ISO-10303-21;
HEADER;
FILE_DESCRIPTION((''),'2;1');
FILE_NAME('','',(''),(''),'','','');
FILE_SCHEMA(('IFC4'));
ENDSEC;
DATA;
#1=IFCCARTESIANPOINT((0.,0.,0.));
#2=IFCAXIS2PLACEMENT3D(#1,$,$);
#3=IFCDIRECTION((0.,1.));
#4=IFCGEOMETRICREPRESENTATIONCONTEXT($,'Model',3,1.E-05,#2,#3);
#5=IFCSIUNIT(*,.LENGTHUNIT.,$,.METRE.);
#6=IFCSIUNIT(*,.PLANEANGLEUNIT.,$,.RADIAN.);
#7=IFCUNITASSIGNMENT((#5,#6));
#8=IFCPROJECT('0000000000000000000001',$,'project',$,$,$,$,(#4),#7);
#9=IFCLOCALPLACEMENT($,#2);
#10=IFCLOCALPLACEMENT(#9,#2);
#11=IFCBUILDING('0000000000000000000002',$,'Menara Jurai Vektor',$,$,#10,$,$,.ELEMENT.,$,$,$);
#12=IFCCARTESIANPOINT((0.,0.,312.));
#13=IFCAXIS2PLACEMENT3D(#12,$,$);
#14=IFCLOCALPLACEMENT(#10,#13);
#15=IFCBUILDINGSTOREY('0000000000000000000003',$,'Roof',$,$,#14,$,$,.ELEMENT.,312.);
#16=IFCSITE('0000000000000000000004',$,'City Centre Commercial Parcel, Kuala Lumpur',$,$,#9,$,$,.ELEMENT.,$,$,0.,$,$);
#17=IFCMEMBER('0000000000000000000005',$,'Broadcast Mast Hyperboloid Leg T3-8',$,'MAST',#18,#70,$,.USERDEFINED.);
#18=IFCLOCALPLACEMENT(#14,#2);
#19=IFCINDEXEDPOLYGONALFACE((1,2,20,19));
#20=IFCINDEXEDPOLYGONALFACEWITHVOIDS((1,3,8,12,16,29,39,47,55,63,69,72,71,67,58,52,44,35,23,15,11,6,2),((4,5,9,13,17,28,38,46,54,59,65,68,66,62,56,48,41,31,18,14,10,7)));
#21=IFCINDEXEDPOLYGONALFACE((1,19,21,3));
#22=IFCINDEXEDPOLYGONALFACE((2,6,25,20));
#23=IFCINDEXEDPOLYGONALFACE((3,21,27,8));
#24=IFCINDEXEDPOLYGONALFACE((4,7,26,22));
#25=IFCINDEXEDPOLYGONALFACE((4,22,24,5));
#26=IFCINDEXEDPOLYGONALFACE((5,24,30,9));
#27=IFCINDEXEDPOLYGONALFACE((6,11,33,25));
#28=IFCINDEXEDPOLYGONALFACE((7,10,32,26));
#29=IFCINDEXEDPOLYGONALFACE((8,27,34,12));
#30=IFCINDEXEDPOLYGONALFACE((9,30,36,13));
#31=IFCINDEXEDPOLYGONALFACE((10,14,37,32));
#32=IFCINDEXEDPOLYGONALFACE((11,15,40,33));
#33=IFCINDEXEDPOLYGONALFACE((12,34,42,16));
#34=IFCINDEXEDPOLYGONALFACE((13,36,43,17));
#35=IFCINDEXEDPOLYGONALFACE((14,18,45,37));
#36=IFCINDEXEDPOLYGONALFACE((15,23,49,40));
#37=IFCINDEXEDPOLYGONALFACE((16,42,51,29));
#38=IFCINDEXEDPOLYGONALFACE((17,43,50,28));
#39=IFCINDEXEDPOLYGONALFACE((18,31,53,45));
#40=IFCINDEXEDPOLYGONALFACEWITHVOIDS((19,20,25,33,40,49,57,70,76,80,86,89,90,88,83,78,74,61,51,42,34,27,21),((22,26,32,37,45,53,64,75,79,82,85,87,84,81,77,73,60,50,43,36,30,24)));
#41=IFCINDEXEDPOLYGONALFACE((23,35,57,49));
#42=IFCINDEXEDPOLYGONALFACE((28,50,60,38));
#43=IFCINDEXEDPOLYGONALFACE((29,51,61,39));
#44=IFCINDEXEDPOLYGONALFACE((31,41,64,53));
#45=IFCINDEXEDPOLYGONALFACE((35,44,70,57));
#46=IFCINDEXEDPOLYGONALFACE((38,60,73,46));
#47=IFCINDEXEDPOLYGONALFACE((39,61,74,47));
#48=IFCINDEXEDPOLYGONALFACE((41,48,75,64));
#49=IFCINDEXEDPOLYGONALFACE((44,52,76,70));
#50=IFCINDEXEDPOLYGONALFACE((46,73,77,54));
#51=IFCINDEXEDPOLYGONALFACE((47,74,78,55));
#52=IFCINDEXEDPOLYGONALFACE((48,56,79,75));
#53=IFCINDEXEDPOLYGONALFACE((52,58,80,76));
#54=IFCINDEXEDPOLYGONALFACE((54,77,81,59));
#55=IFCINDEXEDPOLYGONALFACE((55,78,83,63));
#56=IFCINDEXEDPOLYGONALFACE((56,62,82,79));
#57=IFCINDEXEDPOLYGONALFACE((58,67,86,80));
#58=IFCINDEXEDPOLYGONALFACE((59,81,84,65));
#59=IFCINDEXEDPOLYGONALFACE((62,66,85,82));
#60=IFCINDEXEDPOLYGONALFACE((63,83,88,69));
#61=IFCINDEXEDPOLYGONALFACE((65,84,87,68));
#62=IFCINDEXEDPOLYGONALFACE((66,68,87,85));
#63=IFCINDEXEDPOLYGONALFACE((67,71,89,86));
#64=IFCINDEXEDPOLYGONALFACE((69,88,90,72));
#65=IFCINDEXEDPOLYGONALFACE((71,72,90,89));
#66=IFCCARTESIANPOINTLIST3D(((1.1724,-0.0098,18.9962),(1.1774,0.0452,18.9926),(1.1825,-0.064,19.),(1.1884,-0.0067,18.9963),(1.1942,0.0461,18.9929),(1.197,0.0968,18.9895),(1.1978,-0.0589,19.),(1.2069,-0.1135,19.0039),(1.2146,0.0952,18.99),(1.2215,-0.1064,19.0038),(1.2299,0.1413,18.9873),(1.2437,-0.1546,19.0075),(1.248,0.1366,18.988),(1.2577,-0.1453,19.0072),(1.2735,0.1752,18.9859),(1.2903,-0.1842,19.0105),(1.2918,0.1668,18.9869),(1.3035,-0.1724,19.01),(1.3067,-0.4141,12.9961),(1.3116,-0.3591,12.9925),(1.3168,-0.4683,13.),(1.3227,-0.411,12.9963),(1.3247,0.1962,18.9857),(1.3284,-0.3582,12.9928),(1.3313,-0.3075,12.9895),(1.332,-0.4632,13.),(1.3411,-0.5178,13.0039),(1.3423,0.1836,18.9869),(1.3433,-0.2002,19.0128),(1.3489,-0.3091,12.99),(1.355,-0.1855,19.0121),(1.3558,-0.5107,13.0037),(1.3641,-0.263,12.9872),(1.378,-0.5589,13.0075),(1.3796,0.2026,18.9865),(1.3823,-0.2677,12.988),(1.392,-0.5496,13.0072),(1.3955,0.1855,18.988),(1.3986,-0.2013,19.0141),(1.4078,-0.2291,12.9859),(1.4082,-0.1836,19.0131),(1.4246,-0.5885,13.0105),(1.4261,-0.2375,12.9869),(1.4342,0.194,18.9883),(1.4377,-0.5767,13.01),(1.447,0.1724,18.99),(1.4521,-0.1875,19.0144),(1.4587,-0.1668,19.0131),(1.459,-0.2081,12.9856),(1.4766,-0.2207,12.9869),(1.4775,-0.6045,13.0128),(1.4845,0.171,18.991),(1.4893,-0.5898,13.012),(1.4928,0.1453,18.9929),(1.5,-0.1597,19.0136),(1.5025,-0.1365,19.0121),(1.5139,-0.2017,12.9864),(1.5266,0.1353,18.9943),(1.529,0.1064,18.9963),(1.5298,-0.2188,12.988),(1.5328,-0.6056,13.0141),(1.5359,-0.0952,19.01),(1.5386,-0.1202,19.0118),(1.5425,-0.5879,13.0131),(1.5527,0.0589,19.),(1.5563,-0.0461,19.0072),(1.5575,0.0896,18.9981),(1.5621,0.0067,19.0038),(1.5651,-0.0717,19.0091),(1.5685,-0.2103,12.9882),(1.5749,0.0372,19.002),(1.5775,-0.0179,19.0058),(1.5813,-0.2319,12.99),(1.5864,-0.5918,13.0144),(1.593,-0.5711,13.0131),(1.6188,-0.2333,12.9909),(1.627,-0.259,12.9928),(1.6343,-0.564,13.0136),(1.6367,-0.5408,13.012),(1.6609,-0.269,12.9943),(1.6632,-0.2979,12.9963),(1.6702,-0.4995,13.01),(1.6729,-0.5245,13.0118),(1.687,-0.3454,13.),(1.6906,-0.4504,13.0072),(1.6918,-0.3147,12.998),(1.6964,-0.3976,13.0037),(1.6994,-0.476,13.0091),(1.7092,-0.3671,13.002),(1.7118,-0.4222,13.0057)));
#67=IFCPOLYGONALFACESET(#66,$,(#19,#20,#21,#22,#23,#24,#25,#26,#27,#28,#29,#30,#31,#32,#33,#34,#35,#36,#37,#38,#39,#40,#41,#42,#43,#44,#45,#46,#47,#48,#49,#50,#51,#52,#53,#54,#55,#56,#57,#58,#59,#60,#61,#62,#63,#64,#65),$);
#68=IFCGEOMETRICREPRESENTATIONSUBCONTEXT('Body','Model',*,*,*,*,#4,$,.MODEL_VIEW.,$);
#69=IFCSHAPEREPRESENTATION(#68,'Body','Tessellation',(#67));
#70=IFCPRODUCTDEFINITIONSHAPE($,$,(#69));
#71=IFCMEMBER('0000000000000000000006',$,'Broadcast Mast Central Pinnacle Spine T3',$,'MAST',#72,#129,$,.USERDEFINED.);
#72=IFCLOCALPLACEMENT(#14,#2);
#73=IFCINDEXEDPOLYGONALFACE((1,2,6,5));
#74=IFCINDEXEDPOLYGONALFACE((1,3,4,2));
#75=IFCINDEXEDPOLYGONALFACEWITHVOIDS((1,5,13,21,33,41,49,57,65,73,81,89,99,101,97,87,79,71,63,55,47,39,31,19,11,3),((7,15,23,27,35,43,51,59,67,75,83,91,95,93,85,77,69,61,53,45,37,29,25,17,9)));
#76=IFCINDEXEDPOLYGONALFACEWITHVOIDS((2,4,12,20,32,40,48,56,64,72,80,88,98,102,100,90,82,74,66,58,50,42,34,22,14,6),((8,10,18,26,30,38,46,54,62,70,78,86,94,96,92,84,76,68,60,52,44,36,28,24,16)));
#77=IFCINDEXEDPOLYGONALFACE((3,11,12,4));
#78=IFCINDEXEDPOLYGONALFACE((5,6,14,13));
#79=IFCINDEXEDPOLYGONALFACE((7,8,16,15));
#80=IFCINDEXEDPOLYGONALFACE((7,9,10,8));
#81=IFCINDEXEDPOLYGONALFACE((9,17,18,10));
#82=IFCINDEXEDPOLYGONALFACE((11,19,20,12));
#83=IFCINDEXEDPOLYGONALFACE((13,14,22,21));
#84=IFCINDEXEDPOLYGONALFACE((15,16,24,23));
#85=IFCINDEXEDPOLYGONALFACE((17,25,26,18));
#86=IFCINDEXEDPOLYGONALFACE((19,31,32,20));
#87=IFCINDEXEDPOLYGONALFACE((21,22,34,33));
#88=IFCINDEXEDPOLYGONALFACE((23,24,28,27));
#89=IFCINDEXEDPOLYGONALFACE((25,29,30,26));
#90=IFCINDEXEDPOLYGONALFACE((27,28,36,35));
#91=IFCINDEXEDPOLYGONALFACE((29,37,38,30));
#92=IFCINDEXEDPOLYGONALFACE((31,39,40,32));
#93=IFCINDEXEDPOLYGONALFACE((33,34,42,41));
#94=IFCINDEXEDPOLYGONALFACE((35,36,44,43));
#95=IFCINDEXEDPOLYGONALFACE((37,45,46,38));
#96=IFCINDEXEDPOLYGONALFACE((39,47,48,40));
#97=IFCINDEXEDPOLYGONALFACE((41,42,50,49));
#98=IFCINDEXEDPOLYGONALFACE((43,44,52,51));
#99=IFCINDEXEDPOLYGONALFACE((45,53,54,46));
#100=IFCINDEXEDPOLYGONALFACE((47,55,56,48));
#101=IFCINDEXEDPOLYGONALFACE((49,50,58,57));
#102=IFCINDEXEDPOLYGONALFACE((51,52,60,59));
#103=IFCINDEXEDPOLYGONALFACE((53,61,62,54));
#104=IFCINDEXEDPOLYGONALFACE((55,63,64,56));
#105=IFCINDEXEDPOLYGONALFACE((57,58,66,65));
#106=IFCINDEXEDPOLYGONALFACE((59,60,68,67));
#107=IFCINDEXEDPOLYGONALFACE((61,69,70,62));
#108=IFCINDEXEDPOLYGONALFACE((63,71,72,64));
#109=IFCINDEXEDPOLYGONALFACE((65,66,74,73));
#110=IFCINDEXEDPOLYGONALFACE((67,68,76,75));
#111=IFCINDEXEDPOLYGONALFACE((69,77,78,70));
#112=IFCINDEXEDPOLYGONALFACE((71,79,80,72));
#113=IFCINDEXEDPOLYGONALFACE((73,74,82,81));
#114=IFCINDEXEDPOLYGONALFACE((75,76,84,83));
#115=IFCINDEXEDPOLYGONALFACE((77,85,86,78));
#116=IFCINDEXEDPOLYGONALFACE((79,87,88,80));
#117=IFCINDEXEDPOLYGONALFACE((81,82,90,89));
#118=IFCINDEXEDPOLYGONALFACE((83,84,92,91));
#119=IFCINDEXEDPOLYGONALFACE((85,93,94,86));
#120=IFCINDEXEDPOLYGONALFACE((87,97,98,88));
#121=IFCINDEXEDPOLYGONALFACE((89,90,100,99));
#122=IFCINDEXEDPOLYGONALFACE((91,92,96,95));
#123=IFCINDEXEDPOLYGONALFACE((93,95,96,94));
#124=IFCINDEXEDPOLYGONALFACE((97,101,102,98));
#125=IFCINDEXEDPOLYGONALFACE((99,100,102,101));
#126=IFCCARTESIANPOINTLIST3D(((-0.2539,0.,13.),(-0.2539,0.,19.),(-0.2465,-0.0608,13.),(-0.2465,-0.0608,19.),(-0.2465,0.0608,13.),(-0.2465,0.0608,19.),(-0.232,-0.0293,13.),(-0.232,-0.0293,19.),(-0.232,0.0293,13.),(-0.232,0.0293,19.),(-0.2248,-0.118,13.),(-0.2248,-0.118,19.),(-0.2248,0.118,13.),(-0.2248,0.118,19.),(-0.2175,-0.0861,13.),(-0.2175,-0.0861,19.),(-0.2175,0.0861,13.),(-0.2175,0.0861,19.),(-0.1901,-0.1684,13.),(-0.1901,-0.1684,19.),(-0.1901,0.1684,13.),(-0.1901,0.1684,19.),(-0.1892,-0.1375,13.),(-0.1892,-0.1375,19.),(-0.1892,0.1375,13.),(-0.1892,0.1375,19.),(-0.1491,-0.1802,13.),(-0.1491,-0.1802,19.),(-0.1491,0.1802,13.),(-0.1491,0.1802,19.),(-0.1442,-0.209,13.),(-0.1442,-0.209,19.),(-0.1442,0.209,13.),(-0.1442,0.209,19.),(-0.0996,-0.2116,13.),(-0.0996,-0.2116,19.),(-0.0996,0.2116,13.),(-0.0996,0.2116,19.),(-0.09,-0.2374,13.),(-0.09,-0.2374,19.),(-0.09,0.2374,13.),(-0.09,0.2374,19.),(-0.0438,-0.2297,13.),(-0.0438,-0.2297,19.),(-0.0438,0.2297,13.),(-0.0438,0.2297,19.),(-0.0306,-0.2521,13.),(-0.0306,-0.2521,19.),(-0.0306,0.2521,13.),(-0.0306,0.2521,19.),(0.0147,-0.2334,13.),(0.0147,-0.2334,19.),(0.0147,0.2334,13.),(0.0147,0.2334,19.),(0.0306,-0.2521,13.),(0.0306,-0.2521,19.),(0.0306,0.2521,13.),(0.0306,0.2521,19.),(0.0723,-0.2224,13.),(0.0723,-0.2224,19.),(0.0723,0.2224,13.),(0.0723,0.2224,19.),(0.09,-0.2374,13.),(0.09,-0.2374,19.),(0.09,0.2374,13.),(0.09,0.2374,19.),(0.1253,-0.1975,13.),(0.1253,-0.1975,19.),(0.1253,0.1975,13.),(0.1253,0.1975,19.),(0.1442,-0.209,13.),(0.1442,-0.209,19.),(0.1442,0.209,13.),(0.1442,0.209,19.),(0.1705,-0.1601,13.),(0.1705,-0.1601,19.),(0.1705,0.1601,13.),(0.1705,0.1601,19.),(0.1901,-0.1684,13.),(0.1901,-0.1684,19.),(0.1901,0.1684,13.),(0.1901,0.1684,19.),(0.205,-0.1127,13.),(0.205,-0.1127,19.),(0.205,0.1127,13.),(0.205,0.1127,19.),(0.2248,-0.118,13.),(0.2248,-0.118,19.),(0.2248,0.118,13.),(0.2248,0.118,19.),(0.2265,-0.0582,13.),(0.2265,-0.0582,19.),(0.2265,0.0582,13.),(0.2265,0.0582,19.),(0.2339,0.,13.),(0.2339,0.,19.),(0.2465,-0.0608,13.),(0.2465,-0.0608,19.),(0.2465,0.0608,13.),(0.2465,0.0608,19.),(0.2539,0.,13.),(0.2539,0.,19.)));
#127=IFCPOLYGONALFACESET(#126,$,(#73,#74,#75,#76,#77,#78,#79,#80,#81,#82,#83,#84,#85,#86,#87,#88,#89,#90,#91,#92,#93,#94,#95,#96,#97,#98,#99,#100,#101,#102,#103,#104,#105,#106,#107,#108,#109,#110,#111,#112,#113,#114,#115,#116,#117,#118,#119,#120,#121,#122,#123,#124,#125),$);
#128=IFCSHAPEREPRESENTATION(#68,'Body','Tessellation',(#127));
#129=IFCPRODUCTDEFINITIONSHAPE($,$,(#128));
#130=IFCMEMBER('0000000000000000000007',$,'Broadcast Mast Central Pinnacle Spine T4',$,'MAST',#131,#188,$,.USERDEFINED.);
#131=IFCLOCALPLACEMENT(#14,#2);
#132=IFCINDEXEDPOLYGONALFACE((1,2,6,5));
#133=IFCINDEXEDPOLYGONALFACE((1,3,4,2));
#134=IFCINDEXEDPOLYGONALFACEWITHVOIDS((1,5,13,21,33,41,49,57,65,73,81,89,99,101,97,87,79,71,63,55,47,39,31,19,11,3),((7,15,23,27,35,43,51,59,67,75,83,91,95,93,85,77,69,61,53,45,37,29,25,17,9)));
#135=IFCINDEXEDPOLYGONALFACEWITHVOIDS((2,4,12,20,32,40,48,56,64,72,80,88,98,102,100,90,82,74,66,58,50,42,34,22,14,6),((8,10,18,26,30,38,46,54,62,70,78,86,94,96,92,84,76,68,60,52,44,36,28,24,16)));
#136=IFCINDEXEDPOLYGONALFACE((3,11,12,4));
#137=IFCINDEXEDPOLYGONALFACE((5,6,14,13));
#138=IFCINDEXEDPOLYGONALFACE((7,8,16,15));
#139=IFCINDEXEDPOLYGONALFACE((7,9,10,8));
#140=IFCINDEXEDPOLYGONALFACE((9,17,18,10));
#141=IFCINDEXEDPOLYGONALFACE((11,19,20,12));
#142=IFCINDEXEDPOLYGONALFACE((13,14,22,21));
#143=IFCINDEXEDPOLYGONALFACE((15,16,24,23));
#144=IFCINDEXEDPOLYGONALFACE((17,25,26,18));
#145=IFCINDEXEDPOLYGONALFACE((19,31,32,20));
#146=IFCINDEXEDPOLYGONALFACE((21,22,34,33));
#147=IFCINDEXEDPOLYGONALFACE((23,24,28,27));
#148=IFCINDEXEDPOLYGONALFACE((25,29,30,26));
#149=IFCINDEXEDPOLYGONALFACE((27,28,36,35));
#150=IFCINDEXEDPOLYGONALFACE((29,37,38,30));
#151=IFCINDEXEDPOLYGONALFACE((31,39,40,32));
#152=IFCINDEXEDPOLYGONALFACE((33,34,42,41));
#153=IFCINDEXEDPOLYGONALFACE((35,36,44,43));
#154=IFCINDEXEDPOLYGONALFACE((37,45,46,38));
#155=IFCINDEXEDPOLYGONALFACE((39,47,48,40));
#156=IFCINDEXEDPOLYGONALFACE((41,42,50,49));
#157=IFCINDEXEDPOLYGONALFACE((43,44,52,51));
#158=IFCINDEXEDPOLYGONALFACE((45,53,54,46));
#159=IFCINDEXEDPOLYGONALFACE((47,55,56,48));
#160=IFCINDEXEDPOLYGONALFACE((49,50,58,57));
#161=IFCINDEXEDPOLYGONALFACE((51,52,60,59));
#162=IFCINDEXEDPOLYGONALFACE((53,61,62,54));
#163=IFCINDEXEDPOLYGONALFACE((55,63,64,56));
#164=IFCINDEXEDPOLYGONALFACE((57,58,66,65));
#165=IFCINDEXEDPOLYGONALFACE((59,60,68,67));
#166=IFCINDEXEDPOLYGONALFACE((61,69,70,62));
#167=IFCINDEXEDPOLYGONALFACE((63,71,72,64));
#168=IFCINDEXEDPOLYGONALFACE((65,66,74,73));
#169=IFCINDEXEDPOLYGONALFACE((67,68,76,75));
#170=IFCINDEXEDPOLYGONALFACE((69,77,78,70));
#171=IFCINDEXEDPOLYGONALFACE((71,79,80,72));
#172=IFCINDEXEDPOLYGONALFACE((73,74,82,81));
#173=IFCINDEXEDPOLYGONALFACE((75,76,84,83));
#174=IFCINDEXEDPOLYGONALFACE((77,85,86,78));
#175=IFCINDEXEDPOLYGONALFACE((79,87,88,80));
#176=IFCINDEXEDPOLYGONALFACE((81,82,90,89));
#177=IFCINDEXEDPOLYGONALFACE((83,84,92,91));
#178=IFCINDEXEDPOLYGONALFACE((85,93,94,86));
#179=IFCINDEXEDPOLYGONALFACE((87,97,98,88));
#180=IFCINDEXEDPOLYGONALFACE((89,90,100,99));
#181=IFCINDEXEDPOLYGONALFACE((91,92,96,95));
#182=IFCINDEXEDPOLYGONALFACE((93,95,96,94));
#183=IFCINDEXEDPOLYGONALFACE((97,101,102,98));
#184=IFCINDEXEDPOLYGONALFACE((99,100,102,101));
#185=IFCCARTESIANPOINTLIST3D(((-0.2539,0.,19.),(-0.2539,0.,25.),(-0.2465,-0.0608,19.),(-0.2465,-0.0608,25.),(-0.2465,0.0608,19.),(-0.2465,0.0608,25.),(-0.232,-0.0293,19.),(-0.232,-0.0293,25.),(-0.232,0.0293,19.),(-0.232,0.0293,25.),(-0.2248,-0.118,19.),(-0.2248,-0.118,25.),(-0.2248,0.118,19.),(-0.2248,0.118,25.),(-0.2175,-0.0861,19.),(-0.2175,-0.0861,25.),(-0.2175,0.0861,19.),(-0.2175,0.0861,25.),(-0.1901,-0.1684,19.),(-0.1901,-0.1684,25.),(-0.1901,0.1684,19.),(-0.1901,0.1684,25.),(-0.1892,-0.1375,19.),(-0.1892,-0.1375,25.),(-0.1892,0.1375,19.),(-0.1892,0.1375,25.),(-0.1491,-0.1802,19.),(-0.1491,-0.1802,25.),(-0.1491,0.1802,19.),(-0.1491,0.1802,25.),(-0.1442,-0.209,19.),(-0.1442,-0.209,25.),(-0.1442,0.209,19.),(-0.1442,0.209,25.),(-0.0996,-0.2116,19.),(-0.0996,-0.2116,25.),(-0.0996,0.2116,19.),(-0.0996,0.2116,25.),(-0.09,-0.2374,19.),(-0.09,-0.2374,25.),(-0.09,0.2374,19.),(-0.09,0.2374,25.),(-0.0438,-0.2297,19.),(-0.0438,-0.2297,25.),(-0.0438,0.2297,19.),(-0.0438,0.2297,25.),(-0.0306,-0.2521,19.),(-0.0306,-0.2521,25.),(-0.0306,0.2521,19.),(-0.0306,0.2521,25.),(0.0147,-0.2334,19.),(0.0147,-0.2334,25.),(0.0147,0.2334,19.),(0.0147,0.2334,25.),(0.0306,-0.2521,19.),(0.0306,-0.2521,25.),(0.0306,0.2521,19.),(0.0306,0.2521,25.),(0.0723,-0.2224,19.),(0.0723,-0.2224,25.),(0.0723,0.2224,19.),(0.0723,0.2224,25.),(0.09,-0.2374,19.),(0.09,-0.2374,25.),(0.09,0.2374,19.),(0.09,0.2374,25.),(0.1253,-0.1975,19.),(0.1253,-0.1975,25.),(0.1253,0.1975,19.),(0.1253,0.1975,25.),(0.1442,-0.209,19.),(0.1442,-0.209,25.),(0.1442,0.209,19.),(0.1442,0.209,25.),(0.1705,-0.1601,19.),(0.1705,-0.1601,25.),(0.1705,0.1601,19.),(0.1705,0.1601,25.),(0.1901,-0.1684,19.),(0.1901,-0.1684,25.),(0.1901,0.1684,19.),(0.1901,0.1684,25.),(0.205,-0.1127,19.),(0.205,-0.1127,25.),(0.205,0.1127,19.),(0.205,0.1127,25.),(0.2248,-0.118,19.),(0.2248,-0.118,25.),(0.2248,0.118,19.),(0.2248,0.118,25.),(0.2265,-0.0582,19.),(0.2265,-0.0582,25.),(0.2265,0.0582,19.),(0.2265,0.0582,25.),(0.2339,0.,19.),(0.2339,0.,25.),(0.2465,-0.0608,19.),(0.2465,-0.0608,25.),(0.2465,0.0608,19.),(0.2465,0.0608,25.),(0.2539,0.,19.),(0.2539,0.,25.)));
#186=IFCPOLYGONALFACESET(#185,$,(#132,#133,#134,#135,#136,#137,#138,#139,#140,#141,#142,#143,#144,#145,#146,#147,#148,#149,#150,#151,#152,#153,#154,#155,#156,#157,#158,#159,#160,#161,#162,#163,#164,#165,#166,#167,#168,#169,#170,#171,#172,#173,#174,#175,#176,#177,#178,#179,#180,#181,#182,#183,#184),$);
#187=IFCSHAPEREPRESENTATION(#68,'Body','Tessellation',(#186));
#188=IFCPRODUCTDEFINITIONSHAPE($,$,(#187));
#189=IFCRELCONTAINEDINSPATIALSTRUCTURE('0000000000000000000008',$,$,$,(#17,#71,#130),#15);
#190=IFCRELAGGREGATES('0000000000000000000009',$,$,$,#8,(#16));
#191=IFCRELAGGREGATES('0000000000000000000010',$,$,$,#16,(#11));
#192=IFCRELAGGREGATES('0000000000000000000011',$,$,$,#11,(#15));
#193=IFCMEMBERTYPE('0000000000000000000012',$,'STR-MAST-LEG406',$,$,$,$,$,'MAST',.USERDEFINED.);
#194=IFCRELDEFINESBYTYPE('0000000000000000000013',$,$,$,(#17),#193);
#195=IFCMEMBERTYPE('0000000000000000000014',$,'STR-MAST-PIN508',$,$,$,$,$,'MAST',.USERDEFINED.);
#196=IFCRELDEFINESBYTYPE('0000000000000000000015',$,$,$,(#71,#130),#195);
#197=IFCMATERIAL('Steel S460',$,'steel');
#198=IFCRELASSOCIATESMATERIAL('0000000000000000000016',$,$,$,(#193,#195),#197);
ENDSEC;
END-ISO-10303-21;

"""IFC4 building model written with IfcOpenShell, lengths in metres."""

from ifc_helpers import new_model, si_unit, direction, frame, origin, origin_2d, place, context, subcontext, project, spatial, hollow_circle, extrude, material, material_profile, profile_set, type_object, element, save


model = new_model("IFC4")

# Units and contexts
model_context = context("Model", 3, precision=1e-05, world=origin(), true_north=direction((0.0, 1.0)))
body_context = subcontext(model_context, "Body", "Model", "MODEL_VIEW")
ifc_project = project(units=[si_unit("LENGTHUNIT", "METRE"), si_unit("PLANEANGLEUNIT", "RADIAN")], contexts=[model_context])

# Site, building, storey
site_placement = place(None, origin())
site = spatial("IfcSite", under=ifc_project, at=site_placement, Name="City Centre Commercial Parcel, Kuala Lumpur", CompositionType="ELEMENT", RefElevation=0.0)
building_placement = place(site_placement, origin())
building = spatial("IfcBuilding", under=site, at=building_placement, Name="Menara Jurai Vektor", CompositionType="ELEMENT")
storey_placement = place(building_placement, frame((0.0, 0.0, 312.0)))
storey = spatial("IfcBuildingStorey", under=building, at=storey_placement, Name="Roof", CompositionType="ELEMENT", Elevation=312.0)

# Members
ifc_material = material(Name="Steel S460", Category="steel")
ifc_material_profile_1 = material_profile(ifc_material, hollow_circle(Radius=0.2031, WallThickness=0.0161, at=origin_2d()), Name="CHS 406.4x16")
ifc_profile_set_1 = profile_set([ifc_material_profile_1], Name="Steel S460")
member_type_1 = type_object("IfcMemberType", Name="STR-MAST-LEG406", ElementType="MAST", PredefinedType="USERDEFINED", material=ifc_profile_set_1)
for number, where, z_axis, x_axis, name in (
    (1, (1.5095, -0.4043, 13.0), (-0.022323, 0.067214, 0.997489), (-0.949027, -0.315196, 0.0), "Broadcast Mast Hyperboloid Leg T3-8"),
):
    element("IfcMember", number, at=place(storey_placement, frame(where, z_axis=z_axis, x_axis=x_axis)), inside=storey, type_object=member_type_1, Name=name, ObjectType="MAST", PredefinedType="USERDEFINED", context=body_context, shape_type="SweptSolid", body=[
        extrude(hollow_circle(Radius=0.2031, WallThickness=0.0161, at=origin_2d()), origin(), (0.0, 0.0, 1.0), 6.0151),
    ])
ifc_material_profile_2 = material_profile(ifc_material, hollow_circle(Radius=0.2539, WallThickness=0.02, at=origin_2d()), Name="CHS 508x20")
ifc_profile_set_2 = profile_set([ifc_material_profile_2], Name="Steel S460")
member_type_2 = type_object("IfcMemberType", Name="STR-MAST-PIN508", ElementType="MAST", PredefinedType="USERDEFINED", material=ifc_profile_set_2)
for number, where, z_axis, x_axis, name in (
    (2, (0.0, 0.0, 13.0), (0.0, 0.0, 1.0), (1.0, 0.0, 0.0), "Broadcast Mast Central Pinnacle Spine T3"),
    (3, (0.0, 0.0, 19.0), (0.0, 0.0, 1.0), (1.0, 0.0, 0.0), "Broadcast Mast Central Pinnacle Spine T4"),
):
    element("IfcMember", number, at=place(storey_placement, frame(where, z_axis=z_axis, x_axis=x_axis)), inside=storey, type_object=member_type_2, Name=name, ObjectType="MAST", PredefinedType="USERDEFINED", context=body_context, shape_type="SweptSolid", body=[
        extrude(hollow_circle(Radius=0.2539, WallThickness=0.02, at=origin_2d()), origin(), (0.0, 0.0, 1.0), 6.0),
    ])

save(model, "model.ifc")
